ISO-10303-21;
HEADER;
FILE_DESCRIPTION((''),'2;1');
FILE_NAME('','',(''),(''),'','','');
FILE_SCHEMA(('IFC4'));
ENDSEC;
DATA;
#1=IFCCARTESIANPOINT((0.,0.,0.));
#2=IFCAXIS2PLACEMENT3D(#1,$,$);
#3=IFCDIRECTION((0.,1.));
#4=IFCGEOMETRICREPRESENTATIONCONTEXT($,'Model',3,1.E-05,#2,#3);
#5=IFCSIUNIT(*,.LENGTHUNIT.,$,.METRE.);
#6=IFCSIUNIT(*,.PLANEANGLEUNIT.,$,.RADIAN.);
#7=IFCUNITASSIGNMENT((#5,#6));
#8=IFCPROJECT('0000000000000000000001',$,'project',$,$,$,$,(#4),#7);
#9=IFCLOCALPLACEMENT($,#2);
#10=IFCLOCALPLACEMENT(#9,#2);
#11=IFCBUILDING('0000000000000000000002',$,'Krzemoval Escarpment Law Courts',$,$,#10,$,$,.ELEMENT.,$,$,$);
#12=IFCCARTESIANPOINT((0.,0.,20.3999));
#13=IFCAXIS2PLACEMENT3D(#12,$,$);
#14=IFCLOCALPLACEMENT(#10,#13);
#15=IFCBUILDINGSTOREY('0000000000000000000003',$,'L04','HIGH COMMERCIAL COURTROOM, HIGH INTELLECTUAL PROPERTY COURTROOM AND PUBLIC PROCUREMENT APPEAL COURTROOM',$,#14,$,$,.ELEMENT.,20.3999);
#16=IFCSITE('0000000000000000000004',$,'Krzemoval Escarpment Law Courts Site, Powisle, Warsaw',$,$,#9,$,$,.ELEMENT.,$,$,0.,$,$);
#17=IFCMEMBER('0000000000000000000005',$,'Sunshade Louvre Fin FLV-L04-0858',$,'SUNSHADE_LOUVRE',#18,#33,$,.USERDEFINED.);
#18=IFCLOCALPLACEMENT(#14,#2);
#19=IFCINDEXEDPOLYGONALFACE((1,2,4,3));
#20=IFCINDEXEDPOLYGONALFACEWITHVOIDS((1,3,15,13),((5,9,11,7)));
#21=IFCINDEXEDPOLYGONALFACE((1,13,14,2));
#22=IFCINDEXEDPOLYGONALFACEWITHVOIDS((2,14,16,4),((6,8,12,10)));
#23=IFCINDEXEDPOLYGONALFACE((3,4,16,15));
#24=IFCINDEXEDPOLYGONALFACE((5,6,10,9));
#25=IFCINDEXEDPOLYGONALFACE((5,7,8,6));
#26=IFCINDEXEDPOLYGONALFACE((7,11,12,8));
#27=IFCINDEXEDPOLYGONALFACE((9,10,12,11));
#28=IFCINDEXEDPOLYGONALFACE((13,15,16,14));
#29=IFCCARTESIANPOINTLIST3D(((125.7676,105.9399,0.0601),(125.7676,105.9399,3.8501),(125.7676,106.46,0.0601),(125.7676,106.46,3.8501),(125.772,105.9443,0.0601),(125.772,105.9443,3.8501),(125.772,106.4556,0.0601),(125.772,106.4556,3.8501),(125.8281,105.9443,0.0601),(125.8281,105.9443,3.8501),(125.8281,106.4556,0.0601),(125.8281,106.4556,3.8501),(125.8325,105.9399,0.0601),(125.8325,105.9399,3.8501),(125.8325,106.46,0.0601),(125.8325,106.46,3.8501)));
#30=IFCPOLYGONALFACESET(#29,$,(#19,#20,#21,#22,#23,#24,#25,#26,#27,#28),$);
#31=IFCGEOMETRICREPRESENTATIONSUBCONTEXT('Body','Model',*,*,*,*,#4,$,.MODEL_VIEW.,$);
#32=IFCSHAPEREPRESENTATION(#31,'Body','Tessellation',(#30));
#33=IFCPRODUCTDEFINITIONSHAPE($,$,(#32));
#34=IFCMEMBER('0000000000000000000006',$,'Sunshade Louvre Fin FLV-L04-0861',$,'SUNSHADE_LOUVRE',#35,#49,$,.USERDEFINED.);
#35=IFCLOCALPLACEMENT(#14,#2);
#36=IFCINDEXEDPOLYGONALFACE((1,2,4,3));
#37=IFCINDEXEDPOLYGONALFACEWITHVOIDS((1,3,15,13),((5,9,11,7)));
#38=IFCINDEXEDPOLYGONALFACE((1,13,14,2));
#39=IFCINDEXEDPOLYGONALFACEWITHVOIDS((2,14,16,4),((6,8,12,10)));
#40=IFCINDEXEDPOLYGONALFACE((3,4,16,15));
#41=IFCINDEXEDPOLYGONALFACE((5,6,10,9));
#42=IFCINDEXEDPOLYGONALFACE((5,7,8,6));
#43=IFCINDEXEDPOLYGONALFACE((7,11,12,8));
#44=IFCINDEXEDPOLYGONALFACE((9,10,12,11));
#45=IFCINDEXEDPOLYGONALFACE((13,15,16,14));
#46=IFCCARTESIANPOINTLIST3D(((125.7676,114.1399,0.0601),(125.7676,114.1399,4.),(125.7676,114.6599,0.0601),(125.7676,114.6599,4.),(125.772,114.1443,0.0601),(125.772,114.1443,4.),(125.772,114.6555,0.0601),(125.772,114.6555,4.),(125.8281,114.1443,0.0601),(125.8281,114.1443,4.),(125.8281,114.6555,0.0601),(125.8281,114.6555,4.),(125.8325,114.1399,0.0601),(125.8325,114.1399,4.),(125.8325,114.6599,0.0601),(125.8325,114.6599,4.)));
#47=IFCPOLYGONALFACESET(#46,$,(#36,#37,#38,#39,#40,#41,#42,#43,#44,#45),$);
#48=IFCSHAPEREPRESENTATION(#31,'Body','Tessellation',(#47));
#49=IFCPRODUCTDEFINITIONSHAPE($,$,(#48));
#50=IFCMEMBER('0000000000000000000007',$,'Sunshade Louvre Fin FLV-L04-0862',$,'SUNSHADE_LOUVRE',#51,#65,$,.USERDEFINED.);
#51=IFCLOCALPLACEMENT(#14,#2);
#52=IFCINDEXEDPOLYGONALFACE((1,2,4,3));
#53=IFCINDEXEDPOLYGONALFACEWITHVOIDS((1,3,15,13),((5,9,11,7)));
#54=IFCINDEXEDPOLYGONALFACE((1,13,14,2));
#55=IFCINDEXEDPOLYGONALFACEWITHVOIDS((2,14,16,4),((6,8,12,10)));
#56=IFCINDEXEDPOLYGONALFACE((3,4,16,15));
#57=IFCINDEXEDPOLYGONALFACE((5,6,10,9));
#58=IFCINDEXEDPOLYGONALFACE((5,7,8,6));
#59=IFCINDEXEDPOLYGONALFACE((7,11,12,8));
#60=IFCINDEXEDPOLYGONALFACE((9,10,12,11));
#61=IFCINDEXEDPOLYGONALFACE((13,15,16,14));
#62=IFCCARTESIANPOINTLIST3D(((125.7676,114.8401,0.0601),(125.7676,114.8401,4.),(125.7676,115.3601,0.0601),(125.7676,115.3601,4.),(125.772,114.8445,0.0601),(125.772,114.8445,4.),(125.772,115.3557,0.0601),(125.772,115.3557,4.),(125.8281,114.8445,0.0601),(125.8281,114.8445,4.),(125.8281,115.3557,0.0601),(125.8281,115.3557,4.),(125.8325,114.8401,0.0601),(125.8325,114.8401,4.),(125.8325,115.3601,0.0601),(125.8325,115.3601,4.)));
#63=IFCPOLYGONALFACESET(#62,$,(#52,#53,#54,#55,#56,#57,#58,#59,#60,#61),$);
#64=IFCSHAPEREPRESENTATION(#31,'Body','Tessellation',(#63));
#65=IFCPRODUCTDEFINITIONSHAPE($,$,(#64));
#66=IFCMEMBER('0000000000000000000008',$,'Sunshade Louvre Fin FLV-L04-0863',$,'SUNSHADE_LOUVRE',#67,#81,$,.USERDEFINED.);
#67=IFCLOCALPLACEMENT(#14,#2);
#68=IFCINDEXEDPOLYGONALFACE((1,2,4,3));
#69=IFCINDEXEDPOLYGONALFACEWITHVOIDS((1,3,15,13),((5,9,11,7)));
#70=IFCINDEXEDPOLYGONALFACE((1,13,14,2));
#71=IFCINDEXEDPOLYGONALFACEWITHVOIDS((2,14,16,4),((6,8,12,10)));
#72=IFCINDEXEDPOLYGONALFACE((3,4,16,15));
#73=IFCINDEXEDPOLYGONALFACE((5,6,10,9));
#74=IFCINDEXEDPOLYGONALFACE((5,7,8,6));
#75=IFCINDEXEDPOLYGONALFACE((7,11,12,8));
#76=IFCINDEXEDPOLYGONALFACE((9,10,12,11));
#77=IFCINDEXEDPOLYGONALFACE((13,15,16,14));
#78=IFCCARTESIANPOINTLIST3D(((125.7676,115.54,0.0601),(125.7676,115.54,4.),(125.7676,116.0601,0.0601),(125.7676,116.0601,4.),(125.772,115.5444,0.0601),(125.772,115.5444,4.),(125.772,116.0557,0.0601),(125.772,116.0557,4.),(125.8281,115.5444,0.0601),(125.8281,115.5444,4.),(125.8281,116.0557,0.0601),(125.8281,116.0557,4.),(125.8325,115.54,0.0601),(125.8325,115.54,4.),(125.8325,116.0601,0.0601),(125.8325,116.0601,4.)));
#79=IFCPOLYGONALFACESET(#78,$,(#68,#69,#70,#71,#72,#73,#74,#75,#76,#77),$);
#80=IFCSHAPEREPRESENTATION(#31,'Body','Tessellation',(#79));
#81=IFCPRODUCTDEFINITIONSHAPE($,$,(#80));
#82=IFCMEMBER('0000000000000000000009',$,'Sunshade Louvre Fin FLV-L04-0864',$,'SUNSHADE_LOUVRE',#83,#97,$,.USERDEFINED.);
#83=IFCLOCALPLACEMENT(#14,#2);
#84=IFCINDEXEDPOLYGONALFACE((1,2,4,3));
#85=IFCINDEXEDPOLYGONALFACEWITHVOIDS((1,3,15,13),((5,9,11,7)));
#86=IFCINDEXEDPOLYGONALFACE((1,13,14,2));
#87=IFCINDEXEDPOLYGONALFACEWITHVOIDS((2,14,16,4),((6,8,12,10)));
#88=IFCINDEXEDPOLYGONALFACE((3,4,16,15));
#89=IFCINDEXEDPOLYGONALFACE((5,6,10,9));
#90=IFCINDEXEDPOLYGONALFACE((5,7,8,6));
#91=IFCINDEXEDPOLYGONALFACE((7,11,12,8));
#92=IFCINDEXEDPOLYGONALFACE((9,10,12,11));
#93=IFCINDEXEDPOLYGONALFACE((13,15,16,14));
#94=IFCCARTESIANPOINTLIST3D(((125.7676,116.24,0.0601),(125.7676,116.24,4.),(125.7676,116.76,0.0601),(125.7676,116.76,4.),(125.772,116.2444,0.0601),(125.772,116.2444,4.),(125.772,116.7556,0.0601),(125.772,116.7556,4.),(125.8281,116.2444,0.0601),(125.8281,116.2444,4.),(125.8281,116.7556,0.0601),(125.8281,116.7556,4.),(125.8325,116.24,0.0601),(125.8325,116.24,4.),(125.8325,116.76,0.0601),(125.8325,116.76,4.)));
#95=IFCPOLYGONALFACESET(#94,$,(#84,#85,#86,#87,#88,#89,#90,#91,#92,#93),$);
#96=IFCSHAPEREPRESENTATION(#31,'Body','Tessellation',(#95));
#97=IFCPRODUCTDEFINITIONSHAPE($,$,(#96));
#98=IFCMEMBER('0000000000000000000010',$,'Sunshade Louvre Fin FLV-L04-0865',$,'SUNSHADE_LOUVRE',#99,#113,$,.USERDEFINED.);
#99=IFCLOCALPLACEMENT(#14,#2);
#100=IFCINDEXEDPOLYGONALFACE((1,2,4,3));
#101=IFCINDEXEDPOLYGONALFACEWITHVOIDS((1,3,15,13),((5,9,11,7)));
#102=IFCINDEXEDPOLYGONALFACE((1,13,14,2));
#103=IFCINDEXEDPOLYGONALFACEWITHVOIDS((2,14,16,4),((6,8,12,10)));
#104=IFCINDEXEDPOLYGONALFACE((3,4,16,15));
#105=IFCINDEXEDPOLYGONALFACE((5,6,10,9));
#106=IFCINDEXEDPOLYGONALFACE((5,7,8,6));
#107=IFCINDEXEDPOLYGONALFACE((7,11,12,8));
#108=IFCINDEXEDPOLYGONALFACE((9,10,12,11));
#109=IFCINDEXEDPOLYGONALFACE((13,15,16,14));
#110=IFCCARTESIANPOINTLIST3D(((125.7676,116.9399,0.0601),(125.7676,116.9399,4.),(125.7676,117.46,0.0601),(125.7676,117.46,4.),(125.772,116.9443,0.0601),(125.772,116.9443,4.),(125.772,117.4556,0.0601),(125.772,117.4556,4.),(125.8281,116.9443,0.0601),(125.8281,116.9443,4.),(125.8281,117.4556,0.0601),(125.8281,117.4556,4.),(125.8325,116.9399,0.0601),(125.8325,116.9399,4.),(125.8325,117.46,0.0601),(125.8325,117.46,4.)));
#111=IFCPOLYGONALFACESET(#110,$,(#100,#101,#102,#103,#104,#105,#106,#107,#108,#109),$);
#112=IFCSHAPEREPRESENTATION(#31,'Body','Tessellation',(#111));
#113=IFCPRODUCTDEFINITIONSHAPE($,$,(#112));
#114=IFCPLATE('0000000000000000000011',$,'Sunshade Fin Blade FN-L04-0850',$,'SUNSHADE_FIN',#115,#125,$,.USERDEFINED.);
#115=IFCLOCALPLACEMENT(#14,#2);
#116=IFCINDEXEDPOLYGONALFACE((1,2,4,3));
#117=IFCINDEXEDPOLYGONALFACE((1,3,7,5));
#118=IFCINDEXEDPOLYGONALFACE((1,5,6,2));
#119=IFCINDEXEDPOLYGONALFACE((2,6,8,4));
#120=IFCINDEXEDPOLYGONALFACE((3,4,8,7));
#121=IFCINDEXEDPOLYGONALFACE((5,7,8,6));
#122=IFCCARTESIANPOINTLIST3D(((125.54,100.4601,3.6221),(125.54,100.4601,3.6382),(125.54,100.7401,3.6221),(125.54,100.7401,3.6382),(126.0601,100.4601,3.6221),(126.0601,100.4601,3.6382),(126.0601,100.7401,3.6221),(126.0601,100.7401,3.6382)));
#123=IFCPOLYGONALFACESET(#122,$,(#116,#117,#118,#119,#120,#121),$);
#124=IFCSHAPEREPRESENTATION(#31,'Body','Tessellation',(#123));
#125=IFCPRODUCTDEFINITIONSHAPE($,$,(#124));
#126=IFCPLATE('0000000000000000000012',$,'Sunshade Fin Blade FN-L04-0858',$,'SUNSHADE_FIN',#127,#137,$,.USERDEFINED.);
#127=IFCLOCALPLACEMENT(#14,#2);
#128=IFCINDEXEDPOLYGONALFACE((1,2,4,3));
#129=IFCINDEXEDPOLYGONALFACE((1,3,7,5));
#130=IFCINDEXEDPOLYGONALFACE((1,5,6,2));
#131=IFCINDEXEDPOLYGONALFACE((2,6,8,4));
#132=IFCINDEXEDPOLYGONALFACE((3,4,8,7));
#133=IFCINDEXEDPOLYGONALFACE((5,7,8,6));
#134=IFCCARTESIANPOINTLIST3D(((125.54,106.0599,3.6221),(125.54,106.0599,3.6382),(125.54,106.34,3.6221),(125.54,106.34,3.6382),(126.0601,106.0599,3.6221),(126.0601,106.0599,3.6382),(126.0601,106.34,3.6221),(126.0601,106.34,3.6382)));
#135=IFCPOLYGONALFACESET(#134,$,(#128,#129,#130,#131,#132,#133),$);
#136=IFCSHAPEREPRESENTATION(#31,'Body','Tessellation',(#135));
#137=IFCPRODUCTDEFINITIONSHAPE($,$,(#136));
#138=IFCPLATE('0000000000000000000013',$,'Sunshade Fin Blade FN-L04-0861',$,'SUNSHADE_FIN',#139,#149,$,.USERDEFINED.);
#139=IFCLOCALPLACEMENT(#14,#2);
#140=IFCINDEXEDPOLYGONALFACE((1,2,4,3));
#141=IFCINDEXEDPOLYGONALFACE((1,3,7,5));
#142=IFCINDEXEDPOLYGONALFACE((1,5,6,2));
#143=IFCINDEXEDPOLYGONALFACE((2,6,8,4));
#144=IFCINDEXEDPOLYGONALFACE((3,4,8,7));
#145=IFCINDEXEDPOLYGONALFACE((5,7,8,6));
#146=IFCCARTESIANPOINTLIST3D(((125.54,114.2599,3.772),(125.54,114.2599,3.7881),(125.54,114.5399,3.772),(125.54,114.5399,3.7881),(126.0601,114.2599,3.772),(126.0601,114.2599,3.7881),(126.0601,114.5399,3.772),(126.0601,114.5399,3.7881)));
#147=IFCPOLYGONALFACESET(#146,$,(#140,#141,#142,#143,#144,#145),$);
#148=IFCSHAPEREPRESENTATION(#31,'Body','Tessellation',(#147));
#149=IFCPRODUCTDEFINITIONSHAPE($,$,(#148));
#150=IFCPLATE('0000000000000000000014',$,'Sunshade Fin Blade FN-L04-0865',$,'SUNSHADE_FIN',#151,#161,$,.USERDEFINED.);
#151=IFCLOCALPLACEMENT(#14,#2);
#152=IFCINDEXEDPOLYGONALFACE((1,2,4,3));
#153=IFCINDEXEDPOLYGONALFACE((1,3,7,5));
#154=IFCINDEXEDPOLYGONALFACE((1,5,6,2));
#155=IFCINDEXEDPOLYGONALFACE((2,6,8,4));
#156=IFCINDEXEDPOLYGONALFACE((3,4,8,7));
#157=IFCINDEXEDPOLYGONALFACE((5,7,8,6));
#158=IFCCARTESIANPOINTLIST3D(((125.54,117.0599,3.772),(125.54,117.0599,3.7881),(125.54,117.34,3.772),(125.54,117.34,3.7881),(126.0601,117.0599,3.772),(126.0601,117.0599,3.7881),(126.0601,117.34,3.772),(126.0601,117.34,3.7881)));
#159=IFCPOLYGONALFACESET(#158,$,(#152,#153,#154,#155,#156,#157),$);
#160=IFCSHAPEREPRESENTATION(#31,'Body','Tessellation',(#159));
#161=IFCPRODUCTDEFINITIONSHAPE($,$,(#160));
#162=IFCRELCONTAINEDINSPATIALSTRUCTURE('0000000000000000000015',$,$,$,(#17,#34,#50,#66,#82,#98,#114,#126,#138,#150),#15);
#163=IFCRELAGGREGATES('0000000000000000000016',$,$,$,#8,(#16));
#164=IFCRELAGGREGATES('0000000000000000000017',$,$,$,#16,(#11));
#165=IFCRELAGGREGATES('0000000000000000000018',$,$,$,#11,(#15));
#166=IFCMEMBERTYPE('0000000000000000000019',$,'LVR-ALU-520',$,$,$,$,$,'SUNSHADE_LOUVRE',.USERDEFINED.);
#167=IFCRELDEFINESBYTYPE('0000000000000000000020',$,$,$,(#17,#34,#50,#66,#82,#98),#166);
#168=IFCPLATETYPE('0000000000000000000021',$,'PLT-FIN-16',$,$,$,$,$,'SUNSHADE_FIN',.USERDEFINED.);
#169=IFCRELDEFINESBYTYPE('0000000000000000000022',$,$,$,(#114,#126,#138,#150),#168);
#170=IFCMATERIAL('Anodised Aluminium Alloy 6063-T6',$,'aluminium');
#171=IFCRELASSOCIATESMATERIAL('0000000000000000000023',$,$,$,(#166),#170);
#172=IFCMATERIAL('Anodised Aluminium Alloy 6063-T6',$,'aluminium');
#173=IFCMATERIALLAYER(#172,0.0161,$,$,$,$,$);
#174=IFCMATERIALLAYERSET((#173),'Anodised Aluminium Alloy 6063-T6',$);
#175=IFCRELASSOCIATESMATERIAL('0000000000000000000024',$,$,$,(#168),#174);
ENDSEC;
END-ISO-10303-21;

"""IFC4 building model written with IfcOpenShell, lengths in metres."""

from ifc_helpers import new_model, si_unit, direction, frame, origin, origin_2d, place, context, subcontext, project, spatial, rectangle, hollow_rectangle, extrude, material, layer, layer_set, material_profile, profile_set, type_object, element, save


model = new_model("IFC4")

# Units and contexts
model_context = context("Model", 3, precision=1e-05, world=origin(), true_north=direction((0.0, 1.0)))
body_context = subcontext(model_context, "Body", "Model", "MODEL_VIEW")
ifc_project = project(units=[si_unit("LENGTHUNIT", "METRE"), si_unit("PLANEANGLEUNIT", "RADIAN")], contexts=[model_context])

# Site, building, storey
site_placement = place(None, origin())
site = spatial("IfcSite", under=ifc_project, at=site_placement, Name="Krzemoval Escarpment Law Courts Site, Powisle, Warsaw", CompositionType="ELEMENT", RefElevation=0.0)
building_placement = place(site_placement, origin())
building = spatial("IfcBuilding", under=site, at=building_placement, Name="Krzemoval Escarpment Law Courts", CompositionType="ELEMENT")
storey_placement = place(building_placement, frame((0.0, 0.0, 20.3999)))
storey = spatial("IfcBuildingStorey", under=building, at=storey_placement, Name="L04", Description="HIGH COMMERCIAL COURTROOM, HIGH INTELLECTUAL PROPERTY COURTROOM AND PUBLIC PROCUREMENT APPEAL COURTROOM", CompositionType="ELEMENT", Elevation=20.3999)

# Members
ifc_material_1 = material(Name="Anodised Aluminium Alloy 6063-T6", Category="aluminium")
ifc_material_profile_1 = material_profile(ifc_material_1, hollow_rectangle(XDim=0.0649, YDim=0.52, WallThickness=0.0044, at=origin_2d()), Name="ALU LVR 65x520")
ifc_profile_set_1 = profile_set([ifc_material_profile_1], Name="Anodised Aluminium Alloy 6063-T6")
member_type_1 = type_object("IfcMemberType", Name="LVR-ALU-520", ElementType="SUNSHADE_LOUVRE", PredefinedType="USERDEFINED", material=ifc_profile_set_1)
for number, where, z_axis, x_axis, name in (
    (1, (125.8, 106.2, 0.0601), (0.0, 0.0, 1.0), (1.0, 0.0, 0.0), "Sunshade Louvre Fin FLV-L04-0858"),
):
    element("IfcMember", number, at=place(storey_placement, frame(where, z_axis=z_axis, x_axis=x_axis)), inside=storey, type_object=member_type_1, Name=name, ObjectType="SUNSHADE_LOUVRE", PredefinedType="USERDEFINED", context=body_context, shape_type="SweptSolid", body=[
        extrude(hollow_rectangle(XDim=0.0649, YDim=0.52, WallThickness=0.0044, at=origin_2d()), origin(), (0.0, 0.0, 1.0), 3.79),
    ])
for number, where, z_axis, x_axis, name in (
    (2, (125.8, 114.3999, 0.0601), (0.0, 0.0, 1.0), (1.0, 0.0, 0.0), "Sunshade Louvre Fin FLV-L04-0861"),
    (3, (125.8, 115.1001, 0.0601), (0.0, 0.0, 1.0), (1.0, 0.0, 0.0), "Sunshade Louvre Fin FLV-L04-0862"),
    (4, (125.8, 115.8, 0.0601), (0.0, 0.0, 1.0), (1.0, 0.0, 0.0), "Sunshade Louvre Fin FLV-L04-0863"),
    (5, (125.8, 116.5, 0.0601), (0.0, 0.0, 1.0), (1.0, 0.0, 0.0), "Sunshade Louvre Fin FLV-L04-0864"),
    (6, (125.8, 117.2, 0.0601), (0.0, 0.0, 1.0), (1.0, 0.0, 0.0), "Sunshade Louvre Fin FLV-L04-0865"),
):
    element("IfcMember", number, at=place(storey_placement, frame(where, z_axis=z_axis, x_axis=x_axis)), inside=storey, type_object=member_type_1, Name=name, ObjectType="SUNSHADE_LOUVRE", PredefinedType="USERDEFINED", context=body_context, shape_type="SweptSolid", body=[
        extrude(hollow_rectangle(XDim=0.0649, YDim=0.52, WallThickness=0.0044, at=origin_2d()), origin(), (0.0, 0.0, 1.0), 3.9399),
    ])

# Plates
ifc_material_2 = material(Name="Anodised Aluminium Alloy 6063-T6", Category="aluminium")
ifc_layer = layer(ifc_material_2, 0.0161)
ifc_layer_set = layer_set([ifc_layer], Name="Anodised Aluminium Alloy 6063-T6")
plate_type = type_object("IfcPlateType", Name="PLT-FIN-16", ElementType="SUNSHADE_FIN", PredefinedType="USERDEFINED", material=ifc_layer_set)
for number, where, z_axis, x_axis, name in (
    (7, (125.8, 100.6001, 3.6221), (0.0, 0.0, 1.0), (-1.0, 0.0, 0.0), "Sunshade Fin Blade FN-L04-0850"),
    (8, (125.8, 106.2, 3.6221), (0.0, 0.0, 1.0), (-1.0, 0.0, 0.0), "Sunshade Fin Blade FN-L04-0858"),
    (9, (125.8, 114.3999, 3.772), (0.0, 0.0, 1.0), (-1.0, 0.0, 0.0), "Sunshade Fin Blade FN-L04-0861"),
    (10, (125.8, 117.2, 3.772), (0.0, 0.0, 1.0), (-1.0, 0.0, 0.0), "Sunshade Fin Blade FN-L04-0865"),
):
    element("IfcPlate", number, at=place(storey_placement, frame(where, z_axis=z_axis, x_axis=x_axis)), inside=storey, type_object=plate_type, Name=name, ObjectType="SUNSHADE_FIN", PredefinedType="USERDEFINED", context=body_context, shape_type="SweptSolid", body=[
        extrude(rectangle(XDim=0.52, YDim=0.28, at=origin_2d()), origin(), (0.0, 0.0, 1.0), 0.0161),
    ])

save(model, "model.ifc")
